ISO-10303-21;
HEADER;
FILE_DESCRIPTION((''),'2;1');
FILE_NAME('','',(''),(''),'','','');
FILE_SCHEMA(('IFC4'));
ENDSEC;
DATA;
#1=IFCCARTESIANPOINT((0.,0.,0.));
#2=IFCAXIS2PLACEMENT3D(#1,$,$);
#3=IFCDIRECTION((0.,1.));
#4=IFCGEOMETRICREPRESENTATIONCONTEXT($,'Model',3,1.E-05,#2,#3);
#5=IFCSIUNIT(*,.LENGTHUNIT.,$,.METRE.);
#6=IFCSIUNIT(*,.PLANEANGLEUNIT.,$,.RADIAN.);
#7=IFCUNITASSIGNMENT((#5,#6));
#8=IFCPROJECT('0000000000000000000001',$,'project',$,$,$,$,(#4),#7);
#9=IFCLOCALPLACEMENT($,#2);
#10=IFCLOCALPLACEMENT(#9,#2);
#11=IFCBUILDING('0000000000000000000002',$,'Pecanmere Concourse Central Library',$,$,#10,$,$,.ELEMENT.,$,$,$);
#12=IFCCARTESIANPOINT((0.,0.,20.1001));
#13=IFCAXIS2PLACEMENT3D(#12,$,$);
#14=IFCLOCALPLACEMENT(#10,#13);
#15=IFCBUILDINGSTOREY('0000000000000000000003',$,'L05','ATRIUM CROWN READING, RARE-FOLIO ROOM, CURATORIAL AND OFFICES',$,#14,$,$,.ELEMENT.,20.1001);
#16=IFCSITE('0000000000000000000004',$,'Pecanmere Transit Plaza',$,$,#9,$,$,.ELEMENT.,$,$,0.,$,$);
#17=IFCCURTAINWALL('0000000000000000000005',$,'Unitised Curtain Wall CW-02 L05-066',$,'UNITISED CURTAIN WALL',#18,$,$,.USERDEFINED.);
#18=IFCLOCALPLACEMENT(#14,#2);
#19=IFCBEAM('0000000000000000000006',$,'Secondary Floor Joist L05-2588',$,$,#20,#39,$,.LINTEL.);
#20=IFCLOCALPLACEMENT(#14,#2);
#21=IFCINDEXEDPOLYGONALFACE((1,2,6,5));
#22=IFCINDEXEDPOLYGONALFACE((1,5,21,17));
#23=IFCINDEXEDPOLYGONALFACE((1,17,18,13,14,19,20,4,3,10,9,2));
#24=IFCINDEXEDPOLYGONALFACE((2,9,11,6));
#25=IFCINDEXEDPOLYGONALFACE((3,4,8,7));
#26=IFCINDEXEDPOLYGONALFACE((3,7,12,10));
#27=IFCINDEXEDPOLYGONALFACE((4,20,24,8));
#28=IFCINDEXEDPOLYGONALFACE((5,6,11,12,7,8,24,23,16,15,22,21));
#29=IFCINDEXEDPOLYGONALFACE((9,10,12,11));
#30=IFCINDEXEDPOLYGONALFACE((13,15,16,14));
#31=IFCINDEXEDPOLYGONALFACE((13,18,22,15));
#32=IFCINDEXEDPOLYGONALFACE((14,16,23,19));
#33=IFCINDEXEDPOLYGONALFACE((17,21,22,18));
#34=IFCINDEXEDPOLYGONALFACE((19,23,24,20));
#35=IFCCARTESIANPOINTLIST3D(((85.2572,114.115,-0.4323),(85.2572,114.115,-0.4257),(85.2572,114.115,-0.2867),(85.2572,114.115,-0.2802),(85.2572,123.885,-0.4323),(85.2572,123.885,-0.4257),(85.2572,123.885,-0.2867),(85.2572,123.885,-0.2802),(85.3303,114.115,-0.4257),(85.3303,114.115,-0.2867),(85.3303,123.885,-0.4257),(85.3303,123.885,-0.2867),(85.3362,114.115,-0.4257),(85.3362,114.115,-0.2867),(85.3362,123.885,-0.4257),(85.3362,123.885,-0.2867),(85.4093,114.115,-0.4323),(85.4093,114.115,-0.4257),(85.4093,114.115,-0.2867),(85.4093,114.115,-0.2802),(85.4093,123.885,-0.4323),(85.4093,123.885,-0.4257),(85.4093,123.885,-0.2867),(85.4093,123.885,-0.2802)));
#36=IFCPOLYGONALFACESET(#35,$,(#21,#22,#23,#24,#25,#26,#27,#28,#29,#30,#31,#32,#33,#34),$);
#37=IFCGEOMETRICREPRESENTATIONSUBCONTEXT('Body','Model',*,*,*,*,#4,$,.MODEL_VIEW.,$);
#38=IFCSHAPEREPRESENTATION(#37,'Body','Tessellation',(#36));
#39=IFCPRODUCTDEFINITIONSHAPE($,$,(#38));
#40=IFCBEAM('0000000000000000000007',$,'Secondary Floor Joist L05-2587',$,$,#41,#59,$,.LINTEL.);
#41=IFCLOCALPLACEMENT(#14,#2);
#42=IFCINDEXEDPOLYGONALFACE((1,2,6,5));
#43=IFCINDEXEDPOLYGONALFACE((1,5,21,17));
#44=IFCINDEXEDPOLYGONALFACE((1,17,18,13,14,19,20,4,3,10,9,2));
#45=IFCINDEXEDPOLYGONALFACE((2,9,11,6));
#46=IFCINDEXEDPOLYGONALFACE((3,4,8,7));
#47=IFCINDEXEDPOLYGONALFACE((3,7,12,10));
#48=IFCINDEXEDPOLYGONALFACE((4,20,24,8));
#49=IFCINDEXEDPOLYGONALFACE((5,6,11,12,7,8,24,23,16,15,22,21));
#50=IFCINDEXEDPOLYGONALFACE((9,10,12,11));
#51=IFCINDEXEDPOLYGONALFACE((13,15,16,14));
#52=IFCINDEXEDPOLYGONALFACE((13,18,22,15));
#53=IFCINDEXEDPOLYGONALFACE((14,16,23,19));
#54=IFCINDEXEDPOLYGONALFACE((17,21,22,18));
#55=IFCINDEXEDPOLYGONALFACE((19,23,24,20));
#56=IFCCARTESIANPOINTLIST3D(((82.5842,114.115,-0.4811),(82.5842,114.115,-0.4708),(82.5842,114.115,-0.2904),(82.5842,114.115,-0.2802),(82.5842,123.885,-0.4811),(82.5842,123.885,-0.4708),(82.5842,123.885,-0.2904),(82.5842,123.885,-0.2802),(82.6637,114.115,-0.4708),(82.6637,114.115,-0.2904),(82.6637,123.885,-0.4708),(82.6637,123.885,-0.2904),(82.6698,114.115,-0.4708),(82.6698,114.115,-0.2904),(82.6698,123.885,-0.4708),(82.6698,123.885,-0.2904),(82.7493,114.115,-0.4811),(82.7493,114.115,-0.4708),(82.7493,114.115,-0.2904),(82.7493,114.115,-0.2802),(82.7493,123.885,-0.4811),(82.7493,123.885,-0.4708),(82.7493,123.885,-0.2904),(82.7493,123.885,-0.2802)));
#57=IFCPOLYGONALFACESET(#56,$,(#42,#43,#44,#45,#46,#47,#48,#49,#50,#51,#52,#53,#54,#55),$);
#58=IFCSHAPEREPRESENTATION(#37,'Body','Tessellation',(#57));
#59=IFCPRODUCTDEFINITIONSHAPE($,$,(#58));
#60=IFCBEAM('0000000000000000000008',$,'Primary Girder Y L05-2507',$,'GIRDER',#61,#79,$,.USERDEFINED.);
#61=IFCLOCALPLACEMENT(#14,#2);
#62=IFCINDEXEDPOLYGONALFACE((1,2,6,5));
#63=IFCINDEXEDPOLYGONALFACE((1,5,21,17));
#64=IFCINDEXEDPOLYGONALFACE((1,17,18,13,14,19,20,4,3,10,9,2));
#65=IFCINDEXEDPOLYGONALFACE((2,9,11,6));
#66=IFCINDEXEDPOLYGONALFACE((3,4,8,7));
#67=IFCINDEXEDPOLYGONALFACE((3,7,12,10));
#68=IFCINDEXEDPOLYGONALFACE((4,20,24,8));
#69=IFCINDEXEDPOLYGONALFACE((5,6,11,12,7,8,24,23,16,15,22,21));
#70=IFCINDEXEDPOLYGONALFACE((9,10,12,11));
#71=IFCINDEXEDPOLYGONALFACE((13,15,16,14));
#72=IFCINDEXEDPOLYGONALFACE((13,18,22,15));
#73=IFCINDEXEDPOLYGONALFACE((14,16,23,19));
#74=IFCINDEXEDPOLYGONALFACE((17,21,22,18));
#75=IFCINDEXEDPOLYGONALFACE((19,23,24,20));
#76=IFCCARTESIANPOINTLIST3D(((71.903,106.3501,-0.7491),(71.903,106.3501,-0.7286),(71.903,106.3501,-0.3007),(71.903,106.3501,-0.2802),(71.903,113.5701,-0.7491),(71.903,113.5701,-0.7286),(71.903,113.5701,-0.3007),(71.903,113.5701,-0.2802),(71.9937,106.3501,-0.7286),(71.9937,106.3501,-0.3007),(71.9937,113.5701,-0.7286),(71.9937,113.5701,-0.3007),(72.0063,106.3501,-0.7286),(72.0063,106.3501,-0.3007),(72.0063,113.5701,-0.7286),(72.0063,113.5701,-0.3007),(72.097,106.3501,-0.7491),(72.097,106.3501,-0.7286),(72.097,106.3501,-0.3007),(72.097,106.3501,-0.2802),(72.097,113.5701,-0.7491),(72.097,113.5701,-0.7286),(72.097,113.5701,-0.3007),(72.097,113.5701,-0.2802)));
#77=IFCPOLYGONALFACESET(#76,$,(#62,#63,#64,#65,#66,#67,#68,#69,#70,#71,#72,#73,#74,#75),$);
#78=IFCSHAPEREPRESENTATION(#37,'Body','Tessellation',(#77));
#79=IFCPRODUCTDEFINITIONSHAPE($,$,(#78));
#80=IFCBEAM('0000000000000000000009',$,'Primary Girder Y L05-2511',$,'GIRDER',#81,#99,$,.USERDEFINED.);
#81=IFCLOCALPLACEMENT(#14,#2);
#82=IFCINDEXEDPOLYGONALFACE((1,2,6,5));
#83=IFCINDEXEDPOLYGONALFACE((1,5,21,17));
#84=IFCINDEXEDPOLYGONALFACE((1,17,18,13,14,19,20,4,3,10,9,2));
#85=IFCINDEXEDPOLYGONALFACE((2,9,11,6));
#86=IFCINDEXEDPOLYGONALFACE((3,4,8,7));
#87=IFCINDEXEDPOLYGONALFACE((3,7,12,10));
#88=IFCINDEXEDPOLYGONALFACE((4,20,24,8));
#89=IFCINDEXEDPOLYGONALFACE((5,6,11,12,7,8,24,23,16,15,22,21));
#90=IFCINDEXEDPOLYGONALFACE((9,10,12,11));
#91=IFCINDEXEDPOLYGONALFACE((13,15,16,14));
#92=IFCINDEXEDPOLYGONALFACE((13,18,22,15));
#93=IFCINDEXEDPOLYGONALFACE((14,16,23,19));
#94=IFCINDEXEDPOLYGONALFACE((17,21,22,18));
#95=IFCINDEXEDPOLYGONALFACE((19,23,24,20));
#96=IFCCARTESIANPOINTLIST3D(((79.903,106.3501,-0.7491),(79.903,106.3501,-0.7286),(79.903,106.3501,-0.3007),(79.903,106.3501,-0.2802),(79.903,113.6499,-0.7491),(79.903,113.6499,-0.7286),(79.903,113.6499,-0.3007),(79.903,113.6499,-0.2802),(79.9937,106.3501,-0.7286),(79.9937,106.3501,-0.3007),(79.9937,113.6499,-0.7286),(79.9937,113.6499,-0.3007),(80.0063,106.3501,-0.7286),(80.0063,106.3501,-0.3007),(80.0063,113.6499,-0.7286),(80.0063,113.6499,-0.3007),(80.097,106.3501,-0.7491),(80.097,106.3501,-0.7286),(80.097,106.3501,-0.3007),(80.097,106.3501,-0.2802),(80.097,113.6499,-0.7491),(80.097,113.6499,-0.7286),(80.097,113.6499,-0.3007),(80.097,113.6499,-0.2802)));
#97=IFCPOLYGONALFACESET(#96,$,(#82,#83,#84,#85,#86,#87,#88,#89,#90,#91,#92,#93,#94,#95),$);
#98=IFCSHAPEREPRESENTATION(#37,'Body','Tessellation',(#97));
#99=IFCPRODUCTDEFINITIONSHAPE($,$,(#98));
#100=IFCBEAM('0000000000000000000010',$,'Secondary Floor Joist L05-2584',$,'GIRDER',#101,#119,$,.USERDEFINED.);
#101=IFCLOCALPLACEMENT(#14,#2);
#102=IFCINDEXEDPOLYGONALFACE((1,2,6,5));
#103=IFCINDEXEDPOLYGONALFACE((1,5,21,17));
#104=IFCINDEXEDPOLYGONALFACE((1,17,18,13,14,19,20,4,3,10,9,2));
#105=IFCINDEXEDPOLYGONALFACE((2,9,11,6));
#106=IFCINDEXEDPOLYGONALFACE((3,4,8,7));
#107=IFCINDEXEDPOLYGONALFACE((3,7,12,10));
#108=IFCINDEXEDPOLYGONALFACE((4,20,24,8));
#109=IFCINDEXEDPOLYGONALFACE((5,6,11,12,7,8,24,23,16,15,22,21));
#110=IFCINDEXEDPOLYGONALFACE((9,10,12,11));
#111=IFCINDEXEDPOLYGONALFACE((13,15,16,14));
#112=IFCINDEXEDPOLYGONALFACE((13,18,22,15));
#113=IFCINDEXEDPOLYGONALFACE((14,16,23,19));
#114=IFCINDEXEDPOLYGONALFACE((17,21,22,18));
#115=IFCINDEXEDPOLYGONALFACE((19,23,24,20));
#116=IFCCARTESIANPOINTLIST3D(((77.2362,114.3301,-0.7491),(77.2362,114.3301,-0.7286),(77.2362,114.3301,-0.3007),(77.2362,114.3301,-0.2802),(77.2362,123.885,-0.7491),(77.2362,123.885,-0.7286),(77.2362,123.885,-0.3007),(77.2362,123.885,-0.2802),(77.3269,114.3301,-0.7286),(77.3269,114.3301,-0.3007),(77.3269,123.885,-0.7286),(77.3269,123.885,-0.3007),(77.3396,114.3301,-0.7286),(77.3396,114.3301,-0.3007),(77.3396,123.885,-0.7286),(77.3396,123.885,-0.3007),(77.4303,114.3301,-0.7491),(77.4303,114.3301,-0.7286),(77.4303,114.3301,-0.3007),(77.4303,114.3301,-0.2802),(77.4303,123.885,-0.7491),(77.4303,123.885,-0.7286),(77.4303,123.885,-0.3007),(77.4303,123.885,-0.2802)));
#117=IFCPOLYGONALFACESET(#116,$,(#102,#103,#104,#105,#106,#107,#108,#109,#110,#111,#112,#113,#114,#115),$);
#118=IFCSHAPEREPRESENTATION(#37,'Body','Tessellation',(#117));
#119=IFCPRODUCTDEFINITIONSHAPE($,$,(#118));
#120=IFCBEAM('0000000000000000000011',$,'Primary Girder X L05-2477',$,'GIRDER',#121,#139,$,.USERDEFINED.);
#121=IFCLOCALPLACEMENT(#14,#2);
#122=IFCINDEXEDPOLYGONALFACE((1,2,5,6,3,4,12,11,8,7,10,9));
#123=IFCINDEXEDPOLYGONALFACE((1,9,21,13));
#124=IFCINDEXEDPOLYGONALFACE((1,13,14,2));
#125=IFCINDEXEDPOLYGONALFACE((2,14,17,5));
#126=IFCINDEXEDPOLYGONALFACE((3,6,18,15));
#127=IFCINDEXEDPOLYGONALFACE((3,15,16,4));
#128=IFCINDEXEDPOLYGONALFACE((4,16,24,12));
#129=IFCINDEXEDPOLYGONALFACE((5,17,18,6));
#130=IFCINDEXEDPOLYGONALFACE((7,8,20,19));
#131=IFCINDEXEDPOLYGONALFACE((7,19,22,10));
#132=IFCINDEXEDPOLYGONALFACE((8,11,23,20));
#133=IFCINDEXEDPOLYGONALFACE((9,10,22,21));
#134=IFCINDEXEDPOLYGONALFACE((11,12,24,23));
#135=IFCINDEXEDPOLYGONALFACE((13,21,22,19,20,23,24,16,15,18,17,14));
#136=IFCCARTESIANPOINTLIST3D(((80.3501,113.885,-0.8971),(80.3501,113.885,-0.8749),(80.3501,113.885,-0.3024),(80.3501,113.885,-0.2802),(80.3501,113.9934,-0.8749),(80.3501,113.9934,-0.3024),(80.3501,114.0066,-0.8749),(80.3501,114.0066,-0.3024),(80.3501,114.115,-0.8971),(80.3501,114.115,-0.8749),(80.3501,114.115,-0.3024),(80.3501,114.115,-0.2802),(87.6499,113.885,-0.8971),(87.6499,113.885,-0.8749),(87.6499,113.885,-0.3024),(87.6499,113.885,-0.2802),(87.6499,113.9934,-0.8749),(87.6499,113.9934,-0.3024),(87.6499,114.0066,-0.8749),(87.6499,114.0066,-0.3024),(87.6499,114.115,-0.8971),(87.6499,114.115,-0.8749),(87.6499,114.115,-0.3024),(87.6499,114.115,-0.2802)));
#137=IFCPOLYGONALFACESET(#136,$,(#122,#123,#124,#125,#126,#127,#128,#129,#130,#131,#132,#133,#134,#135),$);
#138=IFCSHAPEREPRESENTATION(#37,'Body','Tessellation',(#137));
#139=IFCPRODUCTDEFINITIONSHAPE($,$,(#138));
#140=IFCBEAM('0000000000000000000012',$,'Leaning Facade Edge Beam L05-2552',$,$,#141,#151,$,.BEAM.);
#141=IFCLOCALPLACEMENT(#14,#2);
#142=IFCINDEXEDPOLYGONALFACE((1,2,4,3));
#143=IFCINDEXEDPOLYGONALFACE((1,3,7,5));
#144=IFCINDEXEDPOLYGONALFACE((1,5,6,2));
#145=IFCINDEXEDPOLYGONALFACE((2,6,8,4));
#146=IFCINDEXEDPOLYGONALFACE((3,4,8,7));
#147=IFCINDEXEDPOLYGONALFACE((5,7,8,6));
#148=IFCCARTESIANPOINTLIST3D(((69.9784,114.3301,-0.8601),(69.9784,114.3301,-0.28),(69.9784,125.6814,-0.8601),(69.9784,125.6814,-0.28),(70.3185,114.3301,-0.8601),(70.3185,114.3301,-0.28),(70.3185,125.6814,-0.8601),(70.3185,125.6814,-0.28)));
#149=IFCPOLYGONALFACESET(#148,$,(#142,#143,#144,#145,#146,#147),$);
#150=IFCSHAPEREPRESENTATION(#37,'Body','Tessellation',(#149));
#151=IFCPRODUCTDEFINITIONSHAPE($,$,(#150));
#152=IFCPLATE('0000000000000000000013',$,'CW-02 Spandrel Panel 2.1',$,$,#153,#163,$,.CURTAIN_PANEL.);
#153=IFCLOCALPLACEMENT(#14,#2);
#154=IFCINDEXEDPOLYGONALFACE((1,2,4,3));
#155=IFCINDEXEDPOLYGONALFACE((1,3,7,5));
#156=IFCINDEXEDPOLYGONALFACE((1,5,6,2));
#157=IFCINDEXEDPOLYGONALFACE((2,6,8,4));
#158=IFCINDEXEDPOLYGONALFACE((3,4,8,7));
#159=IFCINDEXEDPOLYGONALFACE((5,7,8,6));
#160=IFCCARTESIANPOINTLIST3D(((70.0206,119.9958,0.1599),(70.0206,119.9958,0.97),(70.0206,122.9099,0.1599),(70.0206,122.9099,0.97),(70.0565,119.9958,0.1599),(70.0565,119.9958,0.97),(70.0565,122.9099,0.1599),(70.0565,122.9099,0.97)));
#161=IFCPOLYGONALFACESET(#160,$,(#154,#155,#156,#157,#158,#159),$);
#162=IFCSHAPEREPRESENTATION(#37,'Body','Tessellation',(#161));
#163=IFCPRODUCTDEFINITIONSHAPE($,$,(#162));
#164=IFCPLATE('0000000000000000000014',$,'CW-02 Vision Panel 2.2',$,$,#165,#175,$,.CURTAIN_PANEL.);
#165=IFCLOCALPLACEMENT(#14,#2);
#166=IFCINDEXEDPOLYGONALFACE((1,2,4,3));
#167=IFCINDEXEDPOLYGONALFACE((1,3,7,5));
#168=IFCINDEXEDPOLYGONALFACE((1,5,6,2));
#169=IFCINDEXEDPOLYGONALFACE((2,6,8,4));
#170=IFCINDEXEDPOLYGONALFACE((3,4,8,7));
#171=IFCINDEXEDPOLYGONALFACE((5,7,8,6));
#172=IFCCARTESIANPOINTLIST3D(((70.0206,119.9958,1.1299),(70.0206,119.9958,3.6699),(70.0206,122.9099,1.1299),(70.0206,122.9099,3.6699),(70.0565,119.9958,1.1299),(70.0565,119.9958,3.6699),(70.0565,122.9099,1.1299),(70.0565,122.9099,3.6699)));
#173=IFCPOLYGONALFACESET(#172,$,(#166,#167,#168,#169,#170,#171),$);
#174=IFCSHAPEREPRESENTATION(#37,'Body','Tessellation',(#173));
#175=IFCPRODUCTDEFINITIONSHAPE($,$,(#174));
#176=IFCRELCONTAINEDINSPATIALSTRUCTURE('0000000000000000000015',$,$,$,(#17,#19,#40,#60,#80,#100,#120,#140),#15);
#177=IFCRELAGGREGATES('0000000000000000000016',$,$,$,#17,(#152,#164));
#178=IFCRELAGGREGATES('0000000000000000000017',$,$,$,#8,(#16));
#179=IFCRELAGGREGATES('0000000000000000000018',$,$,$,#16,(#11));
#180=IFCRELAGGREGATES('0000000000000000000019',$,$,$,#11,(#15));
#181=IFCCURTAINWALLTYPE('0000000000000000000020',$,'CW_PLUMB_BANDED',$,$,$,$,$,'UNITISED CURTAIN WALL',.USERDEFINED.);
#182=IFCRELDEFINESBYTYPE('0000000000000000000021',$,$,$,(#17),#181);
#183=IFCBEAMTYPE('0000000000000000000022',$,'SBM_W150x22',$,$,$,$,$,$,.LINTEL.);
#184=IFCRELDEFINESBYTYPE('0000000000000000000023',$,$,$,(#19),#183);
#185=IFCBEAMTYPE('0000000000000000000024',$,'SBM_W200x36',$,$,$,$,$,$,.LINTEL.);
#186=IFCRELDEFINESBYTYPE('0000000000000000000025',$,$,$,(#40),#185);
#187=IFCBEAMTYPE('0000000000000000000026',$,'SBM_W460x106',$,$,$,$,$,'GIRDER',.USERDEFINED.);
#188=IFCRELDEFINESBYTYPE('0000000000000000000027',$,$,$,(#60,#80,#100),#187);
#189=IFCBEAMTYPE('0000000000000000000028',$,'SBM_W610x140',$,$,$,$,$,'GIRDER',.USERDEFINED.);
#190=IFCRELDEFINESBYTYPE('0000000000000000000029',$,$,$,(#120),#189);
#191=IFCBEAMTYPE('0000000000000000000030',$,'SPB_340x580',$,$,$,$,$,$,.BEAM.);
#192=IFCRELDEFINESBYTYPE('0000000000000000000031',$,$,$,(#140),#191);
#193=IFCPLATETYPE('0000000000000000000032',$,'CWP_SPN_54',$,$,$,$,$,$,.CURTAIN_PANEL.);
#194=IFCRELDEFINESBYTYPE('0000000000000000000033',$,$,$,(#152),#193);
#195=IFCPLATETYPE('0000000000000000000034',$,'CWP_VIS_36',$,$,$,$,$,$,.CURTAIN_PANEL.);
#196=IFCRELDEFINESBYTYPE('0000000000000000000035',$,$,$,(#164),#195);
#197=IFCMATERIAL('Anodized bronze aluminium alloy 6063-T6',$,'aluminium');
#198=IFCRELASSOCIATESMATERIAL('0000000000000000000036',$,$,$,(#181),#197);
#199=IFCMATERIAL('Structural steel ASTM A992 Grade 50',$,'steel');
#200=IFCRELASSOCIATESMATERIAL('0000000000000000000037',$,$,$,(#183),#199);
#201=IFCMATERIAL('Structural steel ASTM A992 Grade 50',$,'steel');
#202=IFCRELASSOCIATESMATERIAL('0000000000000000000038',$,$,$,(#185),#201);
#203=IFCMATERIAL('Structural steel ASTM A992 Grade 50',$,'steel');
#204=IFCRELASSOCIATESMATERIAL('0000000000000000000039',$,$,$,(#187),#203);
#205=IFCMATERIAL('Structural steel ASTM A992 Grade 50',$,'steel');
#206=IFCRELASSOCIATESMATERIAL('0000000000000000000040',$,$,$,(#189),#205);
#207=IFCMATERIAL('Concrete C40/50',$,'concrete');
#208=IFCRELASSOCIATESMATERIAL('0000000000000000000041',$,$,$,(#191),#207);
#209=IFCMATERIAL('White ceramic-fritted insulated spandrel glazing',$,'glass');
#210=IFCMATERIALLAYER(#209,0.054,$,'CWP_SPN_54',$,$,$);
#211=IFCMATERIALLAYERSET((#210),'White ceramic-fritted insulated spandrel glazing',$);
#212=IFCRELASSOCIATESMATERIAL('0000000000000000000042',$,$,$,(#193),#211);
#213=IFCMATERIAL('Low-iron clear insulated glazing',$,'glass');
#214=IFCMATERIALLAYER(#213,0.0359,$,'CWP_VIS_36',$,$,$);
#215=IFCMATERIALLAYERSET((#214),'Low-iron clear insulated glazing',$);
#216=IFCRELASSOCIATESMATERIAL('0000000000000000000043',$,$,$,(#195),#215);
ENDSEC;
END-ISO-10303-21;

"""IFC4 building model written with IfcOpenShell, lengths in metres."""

from ifc_helpers import new_model, si_unit, direction, frame, origin, origin_2d, place, context, subcontext, project, spatial, rectangle, i_section, extrude, material, layer, layer_set, material_profile, profile_set, type_object, element, aggregate, save


model = new_model("IFC4")

# Units and contexts
model_context = context("Model", 3, precision=1e-05, world=origin(), true_north=direction((0.0, 1.0)))
body_context = subcontext(model_context, "Body", "Model", "MODEL_VIEW")
ifc_project = project(units=[si_unit("LENGTHUNIT", "METRE"), si_unit("PLANEANGLEUNIT", "RADIAN")], contexts=[model_context])

# Site, building, storey
site_placement = place(None, origin())
site = spatial("IfcSite", under=ifc_project, at=site_placement, Name="Pecanmere Transit Plaza", CompositionType="ELEMENT", RefElevation=0.0)
building_placement = place(site_placement, origin())
building = spatial("IfcBuilding", under=site, at=building_placement, Name="Pecanmere Concourse Central Library", CompositionType="ELEMENT")
storey_placement = place(building_placement, frame((0.0, 0.0, 20.1001)))
storey = spatial("IfcBuildingStorey", under=building, at=storey_placement, Name="L05", Description="ATRIUM CROWN READING, RARE-FOLIO ROOM, CURATORIAL AND OFFICES", CompositionType="ELEMENT", Elevation=20.1001)

# Curtain wall
ifc_material_1 = material(Name="Anodized bronze aluminium alloy 6063-T6", Category="aluminium")
curtain_wall_type = type_object("IfcCurtainWallType", Name="CW_PLUMB_BANDED", ElementType="UNITISED CURTAIN WALL", PredefinedType="USERDEFINED", material=ifc_material_1)
curtain_wall_placement = place(storey_placement, origin())
curtain_wall = element("IfcCurtainWall", 1, at=curtain_wall_placement, inside=storey, type_object=curtain_wall_type, Name="Unitised Curtain Wall CW-02 L05-066", ObjectType="UNITISED CURTAIN WALL", PredefinedType="USERDEFINED")

# Beams
ifc_material_2 = material(Name="Structural steel ASTM A992 Grade 50", Category="steel")
ifc_material_profile_1 = material_profile(ifc_material_2, i_section(OverallWidth=0.1521, OverallDepth=0.1521, WebThickness=0.0059, FlangeThickness=0.0066, at=origin_2d()), Name="W150x22.5")
ifc_profile_set_1 = profile_set([ifc_material_profile_1], Name="Structural steel ASTM A992 Grade 50")
beam_type_1 = type_object("IfcBeamType", Name="SBM_W150x22", PredefinedType="LINTEL", material=ifc_profile_set_1)
beam_1_placement = place(storey_placement, frame((85.3333, 114.115, -0.3562), z_axis=(0.0, 1.0, 0.0), x_axis=(-1.0, 0.0, 0.0)))
element("IfcBeam", 2, at=beam_1_placement, inside=storey, type_object=beam_type_1, Name="Secondary Floor Joist L05-2588", PredefinedType="LINTEL", context=body_context, shape_type="SweptSolid", body=[
    extrude(i_section(OverallWidth=0.1521, OverallDepth=0.1521, WebThickness=0.0059, FlangeThickness=0.0066, at=origin_2d()), origin(), (0.0, 0.0, 1.0), 9.77),
])
ifc_material_3 = material(Name="Structural steel ASTM A992 Grade 50", Category="steel")
ifc_material_profile_2 = material_profile(ifc_material_3, i_section(OverallWidth=0.165, OverallDepth=0.2009, WebThickness=0.0061, FlangeThickness=0.0103, at=origin_2d()), Name="W200x35.9")
ifc_profile_set_2 = profile_set([ifc_material_profile_2], Name="Structural steel ASTM A992 Grade 50")
beam_type_2 = type_object("IfcBeamType", Name="SBM_W200x36", PredefinedType="LINTEL", material=ifc_profile_set_2)
beam_2_placement = place(storey_placement, frame((82.6667, 114.115, -0.3806), z_axis=(0.0, 1.0, 0.0), x_axis=(-1.0, 0.0, 0.0)))
element("IfcBeam", 3, at=beam_2_placement, inside=storey, type_object=beam_type_2, Name="Secondary Floor Joist L05-2587", PredefinedType="LINTEL", context=body_context, shape_type="SweptSolid", body=[
    extrude(i_section(OverallWidth=0.165, OverallDepth=0.2009, WebThickness=0.0061, FlangeThickness=0.0103, at=origin_2d()), origin(), (0.0, 0.0, 1.0), 9.77),
])
ifc_material_4 = material(Name="Structural steel ASTM A992 Grade 50", Category="steel")
ifc_material_profile_3 = material_profile(ifc_material_4, i_section(OverallWidth=0.1941, OverallDepth=0.469, WebThickness=0.0127, FlangeThickness=0.0205, at=origin_2d()), Name="W460x106")
ifc_profile_set_3 = profile_set([ifc_material_profile_3], Name="Structural steel ASTM A992 Grade 50")
beam_type_3 = type_object("IfcBeamType", Name="SBM_W460x106", ElementType="GIRDER", PredefinedType="USERDEFINED", material=ifc_profile_set_3)
beam_3_placement = place(storey_placement, frame((72.0, 106.3501, -0.5146), z_axis=(0.0, 1.0, 0.0), x_axis=(-1.0, 0.0, 0.0)))
element("IfcBeam", 4, at=beam_3_placement, inside=storey, type_object=beam_type_3, Name="Primary Girder Y L05-2507", ObjectType="GIRDER", PredefinedType="USERDEFINED", context=body_context, shape_type="SweptSolid", body=[
    extrude(i_section(OverallWidth=0.1941, OverallDepth=0.469, WebThickness=0.0127, FlangeThickness=0.0205, at=origin_2d()), origin(), (0.0, 0.0, 1.0), 7.22),
])
beam_4_placement = place(storey_placement, frame((80.0, 106.3501, -0.5146), z_axis=(0.0, 1.0, 0.0), x_axis=(-1.0, 0.0, 0.0)))
element("IfcBeam", 5, at=beam_4_placement, inside=storey, type_object=beam_type_3, Name="Primary Girder Y L05-2511", ObjectType="GIRDER", PredefinedType="USERDEFINED", context=body_context, shape_type="SweptSolid", body=[
    extrude(i_section(OverallWidth=0.1941, OverallDepth=0.469, WebThickness=0.0127, FlangeThickness=0.0205, at=origin_2d()), origin(), (0.0, 0.0, 1.0), 7.2998),
])
beam_5_placement = place(storey_placement, frame((77.3333, 114.3301, -0.5146), z_axis=(0.0, 1.0, 0.0), x_axis=(-1.0, 0.0, 0.0)))
element("IfcBeam", 6, at=beam_5_placement, inside=storey, type_object=beam_type_3, Name="Secondary Floor Joist L05-2584", ObjectType="GIRDER", PredefinedType="USERDEFINED", context=body_context, shape_type="SweptSolid", body=[
    extrude(i_section(OverallWidth=0.1941, OverallDepth=0.469, WebThickness=0.0127, FlangeThickness=0.0205, at=origin_2d()), origin(), (0.0, 0.0, 1.0), 9.5549),
])
ifc_material_5 = material(Name="Structural steel ASTM A992 Grade 50", Category="steel")
ifc_material_profile_4 = material_profile(ifc_material_5, i_section(OverallWidth=0.23, OverallDepth=0.6169, WebThickness=0.0132, FlangeThickness=0.0222, at=origin_2d()), Name="W610x140")
ifc_profile_set_4 = profile_set([ifc_material_profile_4], Name="Structural steel ASTM A992 Grade 50")
beam_type_4 = type_object("IfcBeamType", Name="SBM_W610x140", ElementType="GIRDER", PredefinedType="USERDEFINED", material=ifc_profile_set_4)
beam_6_placement = place(storey_placement, frame((80.3501, 114.0, -0.5886), z_axis=(1.0, 0.0, 0.0), x_axis=(0.0, 1.0, 0.0)))
element("IfcBeam", 7, at=beam_6_placement, inside=storey, type_object=beam_type_4, Name="Primary Girder X L05-2477", ObjectType="GIRDER", PredefinedType="USERDEFINED", context=body_context, shape_type="SweptSolid", body=[
    extrude(i_section(OverallWidth=0.23, OverallDepth=0.6169, WebThickness=0.0132, FlangeThickness=0.0222, at=origin_2d()), origin(), (0.0, 0.0, 1.0), 7.2998),
])
ifc_material_6 = material(Name="Concrete C40/50", Category="concrete")
ifc_material_profile_5 = material_profile(ifc_material_6, rectangle(XDim=0.3401, YDim=0.5801, at=origin_2d()), Name="RC 340x580")
ifc_profile_set_5 = profile_set([ifc_material_profile_5], Name="Concrete C40/50")
beam_type_5 = type_object("IfcBeamType", Name="SPB_340x580", PredefinedType="BEAM", material=ifc_profile_set_5)
beam_7_placement = place(storey_placement, frame((70.1484, 114.3301, -0.5701), z_axis=(0.0, 1.0, 0.0), x_axis=(-1.0, 0.0, 0.0)))
element("IfcBeam", 8, at=beam_7_placement, inside=storey, type_object=beam_type_5, Name="Leaning Facade Edge Beam L05-2552", PredefinedType="BEAM", context=body_context, shape_type="SweptSolid", body=[
    extrude(rectangle(XDim=0.3401, YDim=0.5801, at=origin_2d()), origin(), (0.0, 0.0, 1.0), 11.3513),
])

# Plates
ifc_material_7 = material(Name="White ceramic-fritted insulated spandrel glazing", Category="glass")
ifc_layer_1 = layer(ifc_material_7, 0.054, Name="CWP_SPN_54")
ifc_layer_set_1 = layer_set([ifc_layer_1], Name="White ceramic-fritted insulated spandrel glazing")
plate_type_1 = type_object("IfcPlateType", Name="CWP_SPN_54", PredefinedType="CURTAIN_PANEL", material=ifc_layer_set_1)
plate_1_placement = place(storey_placement, frame((70.0386, 121.4529, 0.1599), z_axis=(0.0, 0.0, 1.0), x_axis=(0.0, -1.0, 0.0)))
plate_1 = element("IfcPlate", 9, at=plate_1_placement, type_object=plate_type_1, Name="CW-02 Spandrel Panel 2.1", PredefinedType="CURTAIN_PANEL", context=body_context, shape_type="SweptSolid", body=[
    extrude(rectangle(XDim=2.9141, YDim=0.0359, at=origin_2d()), origin(), (0.0, 0.0, 1.0), 0.8101),
])
ifc_material_8 = material(Name="Low-iron clear insulated glazing", Category="glass")
ifc_layer_2 = layer(ifc_material_8, 0.0359, Name="CWP_VIS_36")
ifc_layer_set_2 = layer_set([ifc_layer_2], Name="Low-iron clear insulated glazing")
plate_type_2 = type_object("IfcPlateType", Name="CWP_VIS_36", PredefinedType="CURTAIN_PANEL", material=ifc_layer_set_2)
plate_2_placement = place(storey_placement, frame((70.0386, 121.4529, 1.1299), z_axis=(0.0, 0.0, 1.0), x_axis=(0.0, -1.0, 0.0)))
plate_2 = element("IfcPlate", 10, at=plate_2_placement, type_object=plate_type_2, Name="CW-02 Vision Panel 2.2", PredefinedType="CURTAIN_PANEL", context=body_context, shape_type="SweptSolid", body=[
    extrude(rectangle(XDim=2.9141, YDim=0.0359, at=origin_2d()), origin(), (0.0, 0.0, 1.0), 2.54),
])
aggregate(curtain_wall, [plate_1, plate_2])

save(model, "model.ifc")
